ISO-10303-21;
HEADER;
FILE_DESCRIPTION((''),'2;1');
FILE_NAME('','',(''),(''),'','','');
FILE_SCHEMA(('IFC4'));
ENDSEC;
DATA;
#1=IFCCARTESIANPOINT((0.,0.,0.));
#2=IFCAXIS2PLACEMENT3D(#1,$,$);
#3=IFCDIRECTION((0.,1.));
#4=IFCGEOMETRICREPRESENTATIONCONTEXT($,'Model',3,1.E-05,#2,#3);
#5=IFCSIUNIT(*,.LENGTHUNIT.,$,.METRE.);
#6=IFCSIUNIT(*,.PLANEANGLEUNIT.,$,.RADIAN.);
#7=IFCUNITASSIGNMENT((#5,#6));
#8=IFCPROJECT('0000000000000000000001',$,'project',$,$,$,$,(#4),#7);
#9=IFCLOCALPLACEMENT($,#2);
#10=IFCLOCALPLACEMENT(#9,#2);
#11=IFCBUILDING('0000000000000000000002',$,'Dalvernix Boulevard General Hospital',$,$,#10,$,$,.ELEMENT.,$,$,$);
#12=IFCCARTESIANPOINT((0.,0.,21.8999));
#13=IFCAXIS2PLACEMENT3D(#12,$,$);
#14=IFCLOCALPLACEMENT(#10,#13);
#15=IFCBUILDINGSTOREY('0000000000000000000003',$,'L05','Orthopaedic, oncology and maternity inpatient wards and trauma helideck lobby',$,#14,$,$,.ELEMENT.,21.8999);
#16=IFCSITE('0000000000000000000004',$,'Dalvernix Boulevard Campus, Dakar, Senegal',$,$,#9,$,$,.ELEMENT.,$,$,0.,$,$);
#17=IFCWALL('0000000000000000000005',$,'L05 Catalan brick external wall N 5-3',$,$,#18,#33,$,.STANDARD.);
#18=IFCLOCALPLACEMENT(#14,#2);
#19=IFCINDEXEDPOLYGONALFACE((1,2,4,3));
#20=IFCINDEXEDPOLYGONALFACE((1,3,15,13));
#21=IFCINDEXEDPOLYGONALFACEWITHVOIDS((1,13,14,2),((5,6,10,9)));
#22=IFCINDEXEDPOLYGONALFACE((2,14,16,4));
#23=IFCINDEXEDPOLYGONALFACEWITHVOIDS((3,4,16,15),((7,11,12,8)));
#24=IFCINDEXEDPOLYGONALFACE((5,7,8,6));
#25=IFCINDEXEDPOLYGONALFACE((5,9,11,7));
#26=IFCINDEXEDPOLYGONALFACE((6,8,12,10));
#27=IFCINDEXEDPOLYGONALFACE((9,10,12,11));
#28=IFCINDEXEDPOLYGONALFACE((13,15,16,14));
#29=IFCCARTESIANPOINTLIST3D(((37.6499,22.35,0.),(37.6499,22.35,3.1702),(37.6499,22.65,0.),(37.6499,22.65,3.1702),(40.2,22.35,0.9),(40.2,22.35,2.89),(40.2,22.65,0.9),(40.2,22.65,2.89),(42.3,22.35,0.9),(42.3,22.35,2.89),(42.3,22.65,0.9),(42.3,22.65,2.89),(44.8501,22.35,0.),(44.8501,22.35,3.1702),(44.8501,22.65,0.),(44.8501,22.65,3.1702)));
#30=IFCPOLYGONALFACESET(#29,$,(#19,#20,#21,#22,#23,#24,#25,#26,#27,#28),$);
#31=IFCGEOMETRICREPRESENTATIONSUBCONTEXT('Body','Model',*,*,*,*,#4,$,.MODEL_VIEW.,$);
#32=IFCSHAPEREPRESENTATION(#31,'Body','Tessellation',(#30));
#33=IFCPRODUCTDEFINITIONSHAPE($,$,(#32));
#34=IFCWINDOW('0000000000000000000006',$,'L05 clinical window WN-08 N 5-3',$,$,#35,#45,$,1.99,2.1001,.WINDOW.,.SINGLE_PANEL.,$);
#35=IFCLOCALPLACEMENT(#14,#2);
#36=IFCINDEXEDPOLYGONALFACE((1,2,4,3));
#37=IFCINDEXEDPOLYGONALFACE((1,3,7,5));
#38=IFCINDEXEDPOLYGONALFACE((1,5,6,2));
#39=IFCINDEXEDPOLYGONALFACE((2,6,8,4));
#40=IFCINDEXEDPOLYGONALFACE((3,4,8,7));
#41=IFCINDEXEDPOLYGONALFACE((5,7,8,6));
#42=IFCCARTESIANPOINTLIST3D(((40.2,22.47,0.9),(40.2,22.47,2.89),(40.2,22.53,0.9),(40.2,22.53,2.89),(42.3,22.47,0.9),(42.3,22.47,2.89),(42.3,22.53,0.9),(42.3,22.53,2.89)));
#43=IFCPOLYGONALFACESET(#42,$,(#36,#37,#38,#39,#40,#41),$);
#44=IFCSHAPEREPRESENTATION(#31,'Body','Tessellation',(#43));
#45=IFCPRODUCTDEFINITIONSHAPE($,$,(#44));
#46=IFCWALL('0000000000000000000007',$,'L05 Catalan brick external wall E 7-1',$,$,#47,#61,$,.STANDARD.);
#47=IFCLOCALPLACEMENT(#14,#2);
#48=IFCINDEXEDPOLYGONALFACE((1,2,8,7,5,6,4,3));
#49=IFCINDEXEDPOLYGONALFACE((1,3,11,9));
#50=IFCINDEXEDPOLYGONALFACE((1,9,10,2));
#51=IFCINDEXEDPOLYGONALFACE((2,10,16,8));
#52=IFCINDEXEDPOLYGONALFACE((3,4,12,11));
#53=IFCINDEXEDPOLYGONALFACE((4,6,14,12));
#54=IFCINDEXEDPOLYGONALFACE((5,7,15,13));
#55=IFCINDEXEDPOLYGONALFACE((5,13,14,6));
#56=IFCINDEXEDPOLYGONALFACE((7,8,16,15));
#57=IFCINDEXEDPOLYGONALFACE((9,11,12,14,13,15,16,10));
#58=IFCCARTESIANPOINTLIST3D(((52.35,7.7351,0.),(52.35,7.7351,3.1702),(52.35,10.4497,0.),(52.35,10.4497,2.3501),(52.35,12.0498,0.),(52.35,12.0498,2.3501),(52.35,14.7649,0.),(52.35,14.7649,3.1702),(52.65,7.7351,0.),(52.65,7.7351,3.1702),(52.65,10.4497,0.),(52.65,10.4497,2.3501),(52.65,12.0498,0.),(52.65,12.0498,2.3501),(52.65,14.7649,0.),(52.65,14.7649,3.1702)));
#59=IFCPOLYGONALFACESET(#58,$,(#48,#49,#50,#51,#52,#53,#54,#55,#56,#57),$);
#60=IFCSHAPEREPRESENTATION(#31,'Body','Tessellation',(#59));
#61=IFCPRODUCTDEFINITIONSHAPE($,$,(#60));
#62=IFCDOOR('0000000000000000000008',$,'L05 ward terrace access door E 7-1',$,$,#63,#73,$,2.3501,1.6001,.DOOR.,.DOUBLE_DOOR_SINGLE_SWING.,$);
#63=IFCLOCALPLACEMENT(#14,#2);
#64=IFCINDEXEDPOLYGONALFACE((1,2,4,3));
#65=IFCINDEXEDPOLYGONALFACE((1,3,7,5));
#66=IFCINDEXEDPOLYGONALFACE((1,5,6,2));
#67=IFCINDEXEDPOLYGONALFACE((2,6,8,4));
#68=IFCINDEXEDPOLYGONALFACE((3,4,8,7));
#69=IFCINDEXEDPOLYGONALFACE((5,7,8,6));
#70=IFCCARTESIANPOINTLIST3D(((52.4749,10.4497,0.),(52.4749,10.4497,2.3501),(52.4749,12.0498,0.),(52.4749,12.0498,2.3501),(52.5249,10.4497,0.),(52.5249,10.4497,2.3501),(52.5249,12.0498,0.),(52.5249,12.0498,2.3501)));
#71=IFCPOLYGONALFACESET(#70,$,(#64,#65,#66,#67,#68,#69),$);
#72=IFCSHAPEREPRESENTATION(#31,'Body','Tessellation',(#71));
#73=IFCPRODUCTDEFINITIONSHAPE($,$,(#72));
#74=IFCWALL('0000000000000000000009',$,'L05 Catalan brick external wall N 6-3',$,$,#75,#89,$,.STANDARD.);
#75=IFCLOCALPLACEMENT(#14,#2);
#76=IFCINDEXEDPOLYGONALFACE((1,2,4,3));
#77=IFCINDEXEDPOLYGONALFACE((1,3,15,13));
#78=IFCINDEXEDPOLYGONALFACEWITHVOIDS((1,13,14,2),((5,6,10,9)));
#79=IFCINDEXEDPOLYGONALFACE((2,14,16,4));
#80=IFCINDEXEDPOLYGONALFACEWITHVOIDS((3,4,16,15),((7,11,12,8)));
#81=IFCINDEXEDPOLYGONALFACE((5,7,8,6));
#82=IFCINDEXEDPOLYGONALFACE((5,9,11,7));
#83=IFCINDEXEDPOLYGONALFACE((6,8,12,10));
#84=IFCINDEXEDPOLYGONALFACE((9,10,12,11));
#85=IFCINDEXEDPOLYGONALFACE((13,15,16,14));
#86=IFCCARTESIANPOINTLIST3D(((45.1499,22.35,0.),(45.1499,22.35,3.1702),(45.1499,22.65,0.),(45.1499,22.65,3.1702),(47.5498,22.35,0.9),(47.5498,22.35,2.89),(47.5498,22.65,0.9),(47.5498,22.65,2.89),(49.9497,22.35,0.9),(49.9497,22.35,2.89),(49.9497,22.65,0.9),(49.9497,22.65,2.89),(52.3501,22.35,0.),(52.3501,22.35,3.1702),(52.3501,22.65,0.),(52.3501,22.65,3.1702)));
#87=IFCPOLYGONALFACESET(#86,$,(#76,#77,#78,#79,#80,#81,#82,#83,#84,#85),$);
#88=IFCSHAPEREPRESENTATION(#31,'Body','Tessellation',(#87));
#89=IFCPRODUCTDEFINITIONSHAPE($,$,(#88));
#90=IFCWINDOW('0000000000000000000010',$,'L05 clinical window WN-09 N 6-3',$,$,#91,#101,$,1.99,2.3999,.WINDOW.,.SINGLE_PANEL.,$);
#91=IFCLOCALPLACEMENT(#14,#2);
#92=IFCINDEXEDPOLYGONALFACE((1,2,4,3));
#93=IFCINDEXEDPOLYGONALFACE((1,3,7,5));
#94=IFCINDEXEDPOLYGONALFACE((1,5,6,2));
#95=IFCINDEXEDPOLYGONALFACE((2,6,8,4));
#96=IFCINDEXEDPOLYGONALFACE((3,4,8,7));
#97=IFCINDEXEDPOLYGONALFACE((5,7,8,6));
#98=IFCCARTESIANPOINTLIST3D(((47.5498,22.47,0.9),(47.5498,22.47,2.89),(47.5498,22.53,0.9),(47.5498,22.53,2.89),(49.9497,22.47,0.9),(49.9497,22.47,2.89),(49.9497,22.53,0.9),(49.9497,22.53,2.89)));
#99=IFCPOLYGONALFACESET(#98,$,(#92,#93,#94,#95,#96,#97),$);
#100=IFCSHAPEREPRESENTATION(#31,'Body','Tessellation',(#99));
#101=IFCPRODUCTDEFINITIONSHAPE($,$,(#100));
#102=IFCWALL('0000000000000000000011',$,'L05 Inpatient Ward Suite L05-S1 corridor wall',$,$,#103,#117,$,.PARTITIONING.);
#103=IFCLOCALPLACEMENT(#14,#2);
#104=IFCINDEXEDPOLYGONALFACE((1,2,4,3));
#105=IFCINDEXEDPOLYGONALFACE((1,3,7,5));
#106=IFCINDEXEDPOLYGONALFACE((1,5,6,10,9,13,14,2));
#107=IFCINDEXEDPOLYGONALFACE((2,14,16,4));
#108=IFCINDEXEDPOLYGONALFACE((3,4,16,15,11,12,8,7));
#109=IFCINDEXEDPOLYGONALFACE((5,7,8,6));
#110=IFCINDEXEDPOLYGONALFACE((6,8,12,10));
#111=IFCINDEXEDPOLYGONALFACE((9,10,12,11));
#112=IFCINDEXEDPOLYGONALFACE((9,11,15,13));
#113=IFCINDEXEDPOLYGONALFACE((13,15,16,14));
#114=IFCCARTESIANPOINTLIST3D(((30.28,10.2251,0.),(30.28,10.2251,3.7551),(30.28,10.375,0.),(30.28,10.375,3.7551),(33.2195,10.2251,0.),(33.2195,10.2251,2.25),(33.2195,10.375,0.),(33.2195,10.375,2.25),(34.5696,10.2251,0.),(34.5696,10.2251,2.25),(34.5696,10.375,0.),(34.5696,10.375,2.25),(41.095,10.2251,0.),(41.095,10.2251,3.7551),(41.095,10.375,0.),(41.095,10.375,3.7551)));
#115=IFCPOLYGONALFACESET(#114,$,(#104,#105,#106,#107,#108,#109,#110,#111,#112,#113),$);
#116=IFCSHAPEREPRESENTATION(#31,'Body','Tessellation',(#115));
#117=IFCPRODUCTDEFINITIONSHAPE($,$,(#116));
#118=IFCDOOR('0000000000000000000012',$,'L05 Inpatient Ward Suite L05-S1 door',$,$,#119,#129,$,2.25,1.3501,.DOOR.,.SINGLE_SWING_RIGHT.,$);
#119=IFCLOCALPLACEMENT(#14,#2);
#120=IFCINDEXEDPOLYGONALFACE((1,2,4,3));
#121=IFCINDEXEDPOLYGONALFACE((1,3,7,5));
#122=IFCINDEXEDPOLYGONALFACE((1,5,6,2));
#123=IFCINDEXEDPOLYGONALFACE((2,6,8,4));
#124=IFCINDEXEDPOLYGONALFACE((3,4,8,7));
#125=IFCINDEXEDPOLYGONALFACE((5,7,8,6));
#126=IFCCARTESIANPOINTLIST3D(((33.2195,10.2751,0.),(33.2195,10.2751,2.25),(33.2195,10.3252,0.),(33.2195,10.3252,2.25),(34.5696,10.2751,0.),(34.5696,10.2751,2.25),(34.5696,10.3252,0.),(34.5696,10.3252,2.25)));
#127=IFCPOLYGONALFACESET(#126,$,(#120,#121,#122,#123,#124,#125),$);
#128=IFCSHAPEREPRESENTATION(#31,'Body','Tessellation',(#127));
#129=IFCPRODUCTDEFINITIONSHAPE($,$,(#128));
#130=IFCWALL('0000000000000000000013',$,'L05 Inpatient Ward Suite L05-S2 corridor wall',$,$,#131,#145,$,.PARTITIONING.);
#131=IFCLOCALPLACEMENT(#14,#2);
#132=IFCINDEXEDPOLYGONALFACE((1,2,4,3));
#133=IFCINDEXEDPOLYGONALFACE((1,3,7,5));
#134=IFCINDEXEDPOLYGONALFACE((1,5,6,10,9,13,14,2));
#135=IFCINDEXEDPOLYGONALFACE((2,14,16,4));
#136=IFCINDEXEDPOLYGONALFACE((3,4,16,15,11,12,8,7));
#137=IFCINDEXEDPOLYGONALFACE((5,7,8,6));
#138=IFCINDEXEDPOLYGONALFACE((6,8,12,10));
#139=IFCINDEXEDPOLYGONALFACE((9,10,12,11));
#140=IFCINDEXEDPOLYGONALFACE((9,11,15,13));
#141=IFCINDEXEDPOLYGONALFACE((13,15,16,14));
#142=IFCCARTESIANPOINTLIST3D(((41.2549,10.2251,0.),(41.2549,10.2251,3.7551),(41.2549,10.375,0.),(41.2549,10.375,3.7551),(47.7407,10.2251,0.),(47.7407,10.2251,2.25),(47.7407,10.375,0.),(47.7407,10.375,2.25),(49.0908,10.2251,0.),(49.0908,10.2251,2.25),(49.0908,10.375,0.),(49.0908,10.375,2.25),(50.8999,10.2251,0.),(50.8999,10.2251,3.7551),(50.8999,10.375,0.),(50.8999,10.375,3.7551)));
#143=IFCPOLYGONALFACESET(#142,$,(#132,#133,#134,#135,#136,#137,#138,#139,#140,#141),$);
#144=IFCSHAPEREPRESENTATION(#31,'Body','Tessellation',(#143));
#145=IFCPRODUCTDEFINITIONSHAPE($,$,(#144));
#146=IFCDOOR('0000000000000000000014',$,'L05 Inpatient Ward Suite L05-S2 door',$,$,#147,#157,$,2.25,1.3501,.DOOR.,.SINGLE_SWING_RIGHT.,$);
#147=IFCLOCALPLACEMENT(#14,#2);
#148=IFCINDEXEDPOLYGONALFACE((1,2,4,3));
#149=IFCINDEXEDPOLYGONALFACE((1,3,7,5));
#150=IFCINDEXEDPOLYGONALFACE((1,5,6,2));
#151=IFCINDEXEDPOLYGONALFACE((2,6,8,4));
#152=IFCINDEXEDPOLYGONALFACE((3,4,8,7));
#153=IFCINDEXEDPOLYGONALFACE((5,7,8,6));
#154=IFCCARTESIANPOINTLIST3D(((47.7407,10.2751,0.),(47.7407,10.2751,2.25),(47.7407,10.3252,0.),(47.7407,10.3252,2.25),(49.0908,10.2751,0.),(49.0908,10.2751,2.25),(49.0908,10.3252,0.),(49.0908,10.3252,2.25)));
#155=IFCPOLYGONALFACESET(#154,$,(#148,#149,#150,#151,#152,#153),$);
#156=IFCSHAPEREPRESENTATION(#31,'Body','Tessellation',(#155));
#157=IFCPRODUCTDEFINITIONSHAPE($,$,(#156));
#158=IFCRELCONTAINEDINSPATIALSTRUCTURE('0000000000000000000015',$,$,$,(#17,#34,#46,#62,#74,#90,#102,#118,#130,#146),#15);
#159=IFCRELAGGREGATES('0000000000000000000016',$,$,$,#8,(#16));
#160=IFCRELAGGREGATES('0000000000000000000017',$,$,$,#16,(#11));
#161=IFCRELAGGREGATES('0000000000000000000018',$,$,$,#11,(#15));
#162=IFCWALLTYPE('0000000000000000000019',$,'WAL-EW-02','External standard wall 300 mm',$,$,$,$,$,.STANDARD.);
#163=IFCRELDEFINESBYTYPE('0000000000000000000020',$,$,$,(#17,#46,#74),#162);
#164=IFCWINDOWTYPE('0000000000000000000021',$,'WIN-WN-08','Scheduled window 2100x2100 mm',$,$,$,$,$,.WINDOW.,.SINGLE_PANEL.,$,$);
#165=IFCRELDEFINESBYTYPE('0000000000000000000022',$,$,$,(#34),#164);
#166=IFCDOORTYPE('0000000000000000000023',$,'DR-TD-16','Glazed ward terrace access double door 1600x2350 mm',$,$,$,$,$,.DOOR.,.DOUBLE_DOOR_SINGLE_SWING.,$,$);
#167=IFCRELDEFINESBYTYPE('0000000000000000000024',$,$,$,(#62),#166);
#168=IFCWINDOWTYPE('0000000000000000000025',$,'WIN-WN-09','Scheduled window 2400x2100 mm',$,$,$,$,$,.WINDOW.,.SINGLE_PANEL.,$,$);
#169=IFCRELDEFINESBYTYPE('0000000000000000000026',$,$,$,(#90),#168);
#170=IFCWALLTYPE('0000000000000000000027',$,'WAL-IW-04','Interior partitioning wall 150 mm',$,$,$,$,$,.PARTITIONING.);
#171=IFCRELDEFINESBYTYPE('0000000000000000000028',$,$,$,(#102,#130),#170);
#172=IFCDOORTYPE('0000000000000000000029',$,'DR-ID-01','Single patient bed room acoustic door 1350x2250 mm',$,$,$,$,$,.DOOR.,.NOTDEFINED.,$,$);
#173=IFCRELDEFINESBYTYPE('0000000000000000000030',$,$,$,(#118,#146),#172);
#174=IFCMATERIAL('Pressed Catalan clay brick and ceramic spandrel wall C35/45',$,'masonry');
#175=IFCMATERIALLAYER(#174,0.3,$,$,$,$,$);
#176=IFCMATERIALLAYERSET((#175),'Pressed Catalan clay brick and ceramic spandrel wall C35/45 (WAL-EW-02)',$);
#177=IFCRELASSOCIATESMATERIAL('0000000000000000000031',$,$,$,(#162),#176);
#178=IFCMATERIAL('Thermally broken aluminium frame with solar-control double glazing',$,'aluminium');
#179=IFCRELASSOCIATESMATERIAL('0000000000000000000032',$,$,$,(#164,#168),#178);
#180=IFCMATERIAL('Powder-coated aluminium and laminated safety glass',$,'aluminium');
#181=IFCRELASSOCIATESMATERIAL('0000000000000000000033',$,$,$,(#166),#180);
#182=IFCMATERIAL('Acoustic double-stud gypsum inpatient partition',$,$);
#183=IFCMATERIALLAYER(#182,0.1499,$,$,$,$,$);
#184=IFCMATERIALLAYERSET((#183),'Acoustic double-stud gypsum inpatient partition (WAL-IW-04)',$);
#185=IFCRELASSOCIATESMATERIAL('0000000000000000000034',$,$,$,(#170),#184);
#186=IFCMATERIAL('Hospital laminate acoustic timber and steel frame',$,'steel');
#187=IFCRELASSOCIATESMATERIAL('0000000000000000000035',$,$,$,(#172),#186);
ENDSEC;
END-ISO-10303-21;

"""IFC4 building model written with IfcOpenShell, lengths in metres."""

from ifc_helpers import new_model, si_unit, direction, frame, frame_2d, origin, place, context, subcontext, project, spatial, rectangle, extrude, material, layer, layer_set, type_object, element, fill, save


model = new_model("IFC4")

# Units and contexts
model_context = context("Model", 3, precision=1e-05, world=origin(), true_north=direction((0.0, 1.0)))
body_context = subcontext(model_context, "Body", "Model", "MODEL_VIEW")
ifc_project = project(units=[si_unit("LENGTHUNIT", "METRE"), si_unit("PLANEANGLEUNIT", "RADIAN")], contexts=[model_context])

# Site, building, storey
site_placement = place(None, origin())
site = spatial("IfcSite", under=ifc_project, at=site_placement, Name="Dalvernix Boulevard Campus, Dakar, Senegal", CompositionType="ELEMENT", RefElevation=0.0)
building_placement = place(site_placement, origin())
building = spatial("IfcBuilding", under=site, at=building_placement, Name="Dalvernix Boulevard General Hospital", CompositionType="ELEMENT")
storey_placement = place(building_placement, frame((0.0, 0.0, 21.8999)))
storey = spatial("IfcBuildingStorey", under=building, at=storey_placement, Name="L05", Description="Orthopaedic, oncology and maternity inpatient wards and trauma helideck lobby", CompositionType="ELEMENT", Elevation=21.8999)

# Wall, opening, window
ifc_material_1 = material(Name="Pressed Catalan clay brick and ceramic spandrel wall C35/45", Category="masonry")
ifc_layer_1 = layer(ifc_material_1, 0.3)
ifc_layer_set_1 = layer_set([ifc_layer_1], Name="Pressed Catalan clay brick and ceramic spandrel wall C35/45 (WAL-EW-02)")
wall_type_1 = type_object("IfcWallType", Name="WAL-EW-02", Description="External standard wall 300 mm", PredefinedType="STANDARD", material=ifc_layer_set_1)
wall_1_placement = place(storey_placement, frame((37.6499, 22.5, 0.0), z_axis=(0.0, 0.0, 1.0), x_axis=(1.0, 0.0, 0.0)))
wall_1 = element("IfcWall", 1, at=wall_1_placement, inside=storey, type_object=wall_type_1, Name="L05 Catalan brick external wall N 5-3", PredefinedType="STANDARD", context=body_context, shape_type="SweptSolid", body=[
    extrude(rectangle(XDim=7.2002, YDim=0.3, at=frame_2d((3.6001, 0.0))), origin(), (0.0, 0.0, 1.0), 3.1702),
])
opening_1_placement = place(wall_1_placement, frame((2.55, 0.0, 0.8999)))
opening_1 = element("IfcOpeningElement", 2, at=opening_1_placement, cuts=wall_1, PredefinedType="OPENING", context=body_context, shape_type="SweptSolid", body=[
    extrude(rectangle(XDim=2.1001, YDim=1.99, at=frame_2d((1.05, 0.9951))), frame((0.0, 0.1599, 0.0), z_axis=(0.0, -1.0, 0.0), x_axis=(1.0, 0.0, 0.0)), (0.0, 0.0, 1.0), 0.3201),
])
ifc_material_2 = material(Name="Thermally broken aluminium frame with solar-control double glazing", Category="aluminium")
window_type_1 = type_object("IfcWindowType", Name="WIN-WN-08", Description="Scheduled window 2100x2100 mm", PartitioningType="SINGLE_PANEL", PredefinedType="WINDOW", material=ifc_material_2)
window_1_placement = place(opening_1_placement, origin())
window_1 = element("IfcWindow", 3, at=window_1_placement, inside=storey, type_object=window_type_1, Name="L05 clinical window WN-08 N 5-3", OverallHeight=1.99, OverallWidth=2.1001, PartitioningType="SINGLE_PANEL", PredefinedType="WINDOW", context=body_context, shape_type="SweptSolid", body=[
    extrude(rectangle(XDim=2.1001, YDim=1.99, at=frame_2d((1.05, 0.9951))), frame((0.0, 0.03, 0.0), z_axis=(0.0, -1.0, 0.0), x_axis=(1.0, 0.0, 0.0)), (0.0, 0.0, 1.0), 0.0601),
])
fill(opening_1, window_1)

# Wall, opening, door
wall_2_placement = place(storey_placement, frame((52.5, 14.7649, 0.0), z_axis=(0.0, 0.0, 1.0), x_axis=(0.0, -1.0, 0.0)))
wall_2 = element("IfcWall", 4, at=wall_2_placement, inside=storey, type_object=wall_type_1, Name="L05 Catalan brick external wall E 7-1", PredefinedType="STANDARD", context=body_context, shape_type="SweptSolid", body=[
    extrude(rectangle(XDim=7.0298, YDim=0.3, at=frame_2d((3.5149, 0.0))), origin(), (0.0, 0.0, 1.0), 3.1702),
])
opening_2_placement = place(wall_2_placement, frame((2.7151, 0.0, 0.0)))
opening_2 = element("IfcOpeningElement", 5, at=opening_2_placement, cuts=wall_2, PredefinedType="OPENING", context=body_context, shape_type="SweptSolid", body=[
    extrude(rectangle(XDim=1.6001, YDim=2.3501, at=frame_2d((0.8, 1.175))), frame((0.0, 0.1599, 0.0), z_axis=(0.0, -1.0, 0.0), x_axis=(1.0, 0.0, 0.0)), (0.0, 0.0, 1.0), 0.3201),
])
ifc_material_3 = material(Name="Powder-coated aluminium and laminated safety glass", Category="aluminium")
door_type_1 = type_object("IfcDoorType", Name="DR-TD-16", Description="Glazed ward terrace access double door 1600x2350 mm", OperationType="DOUBLE_DOOR_SINGLE_SWING", PredefinedType="DOOR", material=ifc_material_3)
door_1_placement = place(opening_2_placement, origin())
door_1 = element("IfcDoor", 6, at=door_1_placement, inside=storey, type_object=door_type_1, Name="L05 ward terrace access door E 7-1", OperationType="DOUBLE_DOOR_SINGLE_SWING", OverallHeight=2.3501, OverallWidth=1.6001, PredefinedType="DOOR", context=body_context, shape_type="SweptSolid", body=[
    extrude(rectangle(XDim=1.6001, YDim=2.3501, at=frame_2d((0.8, 1.175))), frame((0.0, 0.0249, 0.0), z_axis=(0.0, -1.0, 0.0), x_axis=(1.0, 0.0, 0.0)), (0.0, 0.0, 1.0), 0.05),
])
fill(opening_2, door_1)

# Wall, opening, window
wall_3_placement = place(storey_placement, frame((45.1499, 22.5, 0.0), z_axis=(0.0, 0.0, 1.0), x_axis=(1.0, 0.0, 0.0)))
wall_3 = element("IfcWall", 7, at=wall_3_placement, inside=storey, type_object=wall_type_1, Name="L05 Catalan brick external wall N 6-3", PredefinedType="STANDARD", context=body_context, shape_type="SweptSolid", body=[
    extrude(rectangle(XDim=7.2002, YDim=0.3, at=frame_2d((3.6001, 0.0))), origin(), (0.0, 0.0, 1.0), 3.1702),
])
opening_3_placement = place(wall_3_placement, frame((2.3999, 0.0, 0.8999)))
opening_3 = element("IfcOpeningElement", 8, at=opening_3_placement, cuts=wall_3, PredefinedType="OPENING", context=body_context, shape_type="SweptSolid", body=[
    extrude(rectangle(XDim=2.3999, YDim=1.99, at=frame_2d((1.2, 0.9951))), frame((0.0, 0.1599, 0.0), z_axis=(0.0, -1.0, 0.0), x_axis=(1.0, 0.0, 0.0)), (0.0, 0.0, 1.0), 0.3201),
])
window_type_2 = type_object("IfcWindowType", Name="WIN-WN-09", Description="Scheduled window 2400x2100 mm", PartitioningType="SINGLE_PANEL", PredefinedType="WINDOW", material=ifc_material_2)
window_2_placement = place(opening_3_placement, origin())
window_2 = element("IfcWindow", 9, at=window_2_placement, inside=storey, type_object=window_type_2, Name="L05 clinical window WN-09 N 6-3", OverallHeight=1.99, OverallWidth=2.3999, PartitioningType="SINGLE_PANEL", PredefinedType="WINDOW", context=body_context, shape_type="SweptSolid", body=[
    extrude(rectangle(XDim=2.3999, YDim=1.99, at=frame_2d((1.2, 0.9951))), frame((0.0, 0.03, 0.0), z_axis=(0.0, -1.0, 0.0), x_axis=(1.0, 0.0, 0.0)), (0.0, 0.0, 1.0), 0.0601),
])
fill(opening_3, window_2)

# Walls, openings, doors
ifc_material_4 = material(Name="Acoustic double-stud gypsum inpatient partition")
ifc_layer_2 = layer(ifc_material_4, 0.1499)
ifc_layer_set_2 = layer_set([ifc_layer_2], Name="Acoustic double-stud gypsum inpatient partition (WAL-IW-04)")
wall_type_2 = type_object("IfcWallType", Name="WAL-IW-04", Description="Interior partitioning wall 150 mm", PredefinedType="PARTITIONING", material=ifc_layer_set_2)
wall_4_placement = place(storey_placement, frame((41.095, 10.3, 0.0), z_axis=(0.0, 0.0, 1.0), x_axis=(-1.0, 0.0, 0.0)))
wall_4 = element("IfcWall", 10, at=wall_4_placement, inside=storey, type_object=wall_type_2, Name="L05 Inpatient Ward Suite L05-S1 corridor wall", PredefinedType="PARTITIONING", context=body_context, shape_type="SweptSolid", body=[
    extrude(rectangle(XDim=10.8149, YDim=0.1499, at=frame_2d((5.4075, 0.0))), origin(), (0.0, 0.0, 1.0), 3.7551),
])
opening_4_placement = place(wall_4_placement, frame((6.5254, 0.0, 0.0)))
opening_4 = element("IfcOpeningElement", 11, at=opening_4_placement, cuts=wall_4, PredefinedType="OPENING", context=body_context, shape_type="SweptSolid", body=[
    extrude(rectangle(XDim=1.3501, YDim=2.25, at=frame_2d((0.675, 1.125))), frame((0.0, 0.085, 0.0), z_axis=(0.0, -1.0, 0.0), x_axis=(1.0, 0.0, 0.0)), (0.0, 0.0, 1.0), 0.1699),
])
ifc_material_5 = material(Name="Hospital laminate acoustic timber and steel frame", Category="steel")
door_type_2 = type_object("IfcDoorType", Name="DR-ID-01", Description="Single patient bed room acoustic door 1350x2250 mm", OperationType="NOTDEFINED", PredefinedType="DOOR", material=ifc_material_5)
door_2_placement = place(opening_4_placement, origin())
door_2 = element("IfcDoor", 12, at=door_2_placement, inside=storey, type_object=door_type_2, Name="L05 Inpatient Ward Suite L05-S1 door", OperationType="SINGLE_SWING_RIGHT", OverallHeight=2.25, OverallWidth=1.3501, PredefinedType="DOOR", context=body_context, shape_type="SweptSolid", body=[
    extrude(rectangle(XDim=1.3501, YDim=2.25, at=frame_2d((0.675, 1.125))), frame((0.0, 0.0249, 0.0), z_axis=(0.0, -1.0, 0.0), x_axis=(1.0, 0.0, 0.0)), (0.0, 0.0, 1.0), 0.05),
])
fill(opening_4, door_2)
wall_5_placement = place(storey_placement, frame((50.8999, 10.3, 0.0), z_axis=(0.0, 0.0, 1.0), x_axis=(-1.0, 0.0, 0.0)))
wall_5 = element("IfcWall", 13, at=wall_5_placement, inside=storey, type_object=wall_type_2, Name="L05 Inpatient Ward Suite L05-S2 corridor wall", PredefinedType="PARTITIONING", context=body_context, shape_type="SweptSolid", body=[
    extrude(rectangle(XDim=9.645, YDim=0.1499, at=frame_2d((4.8225, 0.0))), origin(), (0.0, 0.0, 1.0), 3.7551),
])
opening_5_placement = place(wall_5_placement, frame((1.8091, 0.0, 0.0)))
opening_5 = element("IfcOpeningElement", 14, at=opening_5_placement, cuts=wall_5, PredefinedType="OPENING", context=body_context, shape_type="SweptSolid", body=[
    extrude(rectangle(XDim=1.3501, YDim=2.25, at=frame_2d((0.675, 1.125))), frame((0.0, 0.085, 0.0), z_axis=(0.0, -1.0, 0.0), x_axis=(1.0, 0.0, 0.0)), (0.0, 0.0, 1.0), 0.1699),
])
door_3_placement = place(opening_5_placement, origin())
door_3 = element("IfcDoor", 15, at=door_3_placement, inside=storey, type_object=door_type_2, Name="L05 Inpatient Ward Suite L05-S2 door", OperationType="SINGLE_SWING_RIGHT", OverallHeight=2.25, OverallWidth=1.3501, PredefinedType="DOOR", context=body_context, shape_type="SweptSolid", body=[
    extrude(rectangle(XDim=1.3501, YDim=2.25, at=frame_2d((0.675, 1.125))), frame((0.0, 0.0249, 0.0), z_axis=(0.0, -1.0, 0.0), x_axis=(1.0, 0.0, 0.0)), (0.0, 0.0, 1.0), 0.05),
])
fill(opening_5, door_3)

save(model, "model.ifc")
